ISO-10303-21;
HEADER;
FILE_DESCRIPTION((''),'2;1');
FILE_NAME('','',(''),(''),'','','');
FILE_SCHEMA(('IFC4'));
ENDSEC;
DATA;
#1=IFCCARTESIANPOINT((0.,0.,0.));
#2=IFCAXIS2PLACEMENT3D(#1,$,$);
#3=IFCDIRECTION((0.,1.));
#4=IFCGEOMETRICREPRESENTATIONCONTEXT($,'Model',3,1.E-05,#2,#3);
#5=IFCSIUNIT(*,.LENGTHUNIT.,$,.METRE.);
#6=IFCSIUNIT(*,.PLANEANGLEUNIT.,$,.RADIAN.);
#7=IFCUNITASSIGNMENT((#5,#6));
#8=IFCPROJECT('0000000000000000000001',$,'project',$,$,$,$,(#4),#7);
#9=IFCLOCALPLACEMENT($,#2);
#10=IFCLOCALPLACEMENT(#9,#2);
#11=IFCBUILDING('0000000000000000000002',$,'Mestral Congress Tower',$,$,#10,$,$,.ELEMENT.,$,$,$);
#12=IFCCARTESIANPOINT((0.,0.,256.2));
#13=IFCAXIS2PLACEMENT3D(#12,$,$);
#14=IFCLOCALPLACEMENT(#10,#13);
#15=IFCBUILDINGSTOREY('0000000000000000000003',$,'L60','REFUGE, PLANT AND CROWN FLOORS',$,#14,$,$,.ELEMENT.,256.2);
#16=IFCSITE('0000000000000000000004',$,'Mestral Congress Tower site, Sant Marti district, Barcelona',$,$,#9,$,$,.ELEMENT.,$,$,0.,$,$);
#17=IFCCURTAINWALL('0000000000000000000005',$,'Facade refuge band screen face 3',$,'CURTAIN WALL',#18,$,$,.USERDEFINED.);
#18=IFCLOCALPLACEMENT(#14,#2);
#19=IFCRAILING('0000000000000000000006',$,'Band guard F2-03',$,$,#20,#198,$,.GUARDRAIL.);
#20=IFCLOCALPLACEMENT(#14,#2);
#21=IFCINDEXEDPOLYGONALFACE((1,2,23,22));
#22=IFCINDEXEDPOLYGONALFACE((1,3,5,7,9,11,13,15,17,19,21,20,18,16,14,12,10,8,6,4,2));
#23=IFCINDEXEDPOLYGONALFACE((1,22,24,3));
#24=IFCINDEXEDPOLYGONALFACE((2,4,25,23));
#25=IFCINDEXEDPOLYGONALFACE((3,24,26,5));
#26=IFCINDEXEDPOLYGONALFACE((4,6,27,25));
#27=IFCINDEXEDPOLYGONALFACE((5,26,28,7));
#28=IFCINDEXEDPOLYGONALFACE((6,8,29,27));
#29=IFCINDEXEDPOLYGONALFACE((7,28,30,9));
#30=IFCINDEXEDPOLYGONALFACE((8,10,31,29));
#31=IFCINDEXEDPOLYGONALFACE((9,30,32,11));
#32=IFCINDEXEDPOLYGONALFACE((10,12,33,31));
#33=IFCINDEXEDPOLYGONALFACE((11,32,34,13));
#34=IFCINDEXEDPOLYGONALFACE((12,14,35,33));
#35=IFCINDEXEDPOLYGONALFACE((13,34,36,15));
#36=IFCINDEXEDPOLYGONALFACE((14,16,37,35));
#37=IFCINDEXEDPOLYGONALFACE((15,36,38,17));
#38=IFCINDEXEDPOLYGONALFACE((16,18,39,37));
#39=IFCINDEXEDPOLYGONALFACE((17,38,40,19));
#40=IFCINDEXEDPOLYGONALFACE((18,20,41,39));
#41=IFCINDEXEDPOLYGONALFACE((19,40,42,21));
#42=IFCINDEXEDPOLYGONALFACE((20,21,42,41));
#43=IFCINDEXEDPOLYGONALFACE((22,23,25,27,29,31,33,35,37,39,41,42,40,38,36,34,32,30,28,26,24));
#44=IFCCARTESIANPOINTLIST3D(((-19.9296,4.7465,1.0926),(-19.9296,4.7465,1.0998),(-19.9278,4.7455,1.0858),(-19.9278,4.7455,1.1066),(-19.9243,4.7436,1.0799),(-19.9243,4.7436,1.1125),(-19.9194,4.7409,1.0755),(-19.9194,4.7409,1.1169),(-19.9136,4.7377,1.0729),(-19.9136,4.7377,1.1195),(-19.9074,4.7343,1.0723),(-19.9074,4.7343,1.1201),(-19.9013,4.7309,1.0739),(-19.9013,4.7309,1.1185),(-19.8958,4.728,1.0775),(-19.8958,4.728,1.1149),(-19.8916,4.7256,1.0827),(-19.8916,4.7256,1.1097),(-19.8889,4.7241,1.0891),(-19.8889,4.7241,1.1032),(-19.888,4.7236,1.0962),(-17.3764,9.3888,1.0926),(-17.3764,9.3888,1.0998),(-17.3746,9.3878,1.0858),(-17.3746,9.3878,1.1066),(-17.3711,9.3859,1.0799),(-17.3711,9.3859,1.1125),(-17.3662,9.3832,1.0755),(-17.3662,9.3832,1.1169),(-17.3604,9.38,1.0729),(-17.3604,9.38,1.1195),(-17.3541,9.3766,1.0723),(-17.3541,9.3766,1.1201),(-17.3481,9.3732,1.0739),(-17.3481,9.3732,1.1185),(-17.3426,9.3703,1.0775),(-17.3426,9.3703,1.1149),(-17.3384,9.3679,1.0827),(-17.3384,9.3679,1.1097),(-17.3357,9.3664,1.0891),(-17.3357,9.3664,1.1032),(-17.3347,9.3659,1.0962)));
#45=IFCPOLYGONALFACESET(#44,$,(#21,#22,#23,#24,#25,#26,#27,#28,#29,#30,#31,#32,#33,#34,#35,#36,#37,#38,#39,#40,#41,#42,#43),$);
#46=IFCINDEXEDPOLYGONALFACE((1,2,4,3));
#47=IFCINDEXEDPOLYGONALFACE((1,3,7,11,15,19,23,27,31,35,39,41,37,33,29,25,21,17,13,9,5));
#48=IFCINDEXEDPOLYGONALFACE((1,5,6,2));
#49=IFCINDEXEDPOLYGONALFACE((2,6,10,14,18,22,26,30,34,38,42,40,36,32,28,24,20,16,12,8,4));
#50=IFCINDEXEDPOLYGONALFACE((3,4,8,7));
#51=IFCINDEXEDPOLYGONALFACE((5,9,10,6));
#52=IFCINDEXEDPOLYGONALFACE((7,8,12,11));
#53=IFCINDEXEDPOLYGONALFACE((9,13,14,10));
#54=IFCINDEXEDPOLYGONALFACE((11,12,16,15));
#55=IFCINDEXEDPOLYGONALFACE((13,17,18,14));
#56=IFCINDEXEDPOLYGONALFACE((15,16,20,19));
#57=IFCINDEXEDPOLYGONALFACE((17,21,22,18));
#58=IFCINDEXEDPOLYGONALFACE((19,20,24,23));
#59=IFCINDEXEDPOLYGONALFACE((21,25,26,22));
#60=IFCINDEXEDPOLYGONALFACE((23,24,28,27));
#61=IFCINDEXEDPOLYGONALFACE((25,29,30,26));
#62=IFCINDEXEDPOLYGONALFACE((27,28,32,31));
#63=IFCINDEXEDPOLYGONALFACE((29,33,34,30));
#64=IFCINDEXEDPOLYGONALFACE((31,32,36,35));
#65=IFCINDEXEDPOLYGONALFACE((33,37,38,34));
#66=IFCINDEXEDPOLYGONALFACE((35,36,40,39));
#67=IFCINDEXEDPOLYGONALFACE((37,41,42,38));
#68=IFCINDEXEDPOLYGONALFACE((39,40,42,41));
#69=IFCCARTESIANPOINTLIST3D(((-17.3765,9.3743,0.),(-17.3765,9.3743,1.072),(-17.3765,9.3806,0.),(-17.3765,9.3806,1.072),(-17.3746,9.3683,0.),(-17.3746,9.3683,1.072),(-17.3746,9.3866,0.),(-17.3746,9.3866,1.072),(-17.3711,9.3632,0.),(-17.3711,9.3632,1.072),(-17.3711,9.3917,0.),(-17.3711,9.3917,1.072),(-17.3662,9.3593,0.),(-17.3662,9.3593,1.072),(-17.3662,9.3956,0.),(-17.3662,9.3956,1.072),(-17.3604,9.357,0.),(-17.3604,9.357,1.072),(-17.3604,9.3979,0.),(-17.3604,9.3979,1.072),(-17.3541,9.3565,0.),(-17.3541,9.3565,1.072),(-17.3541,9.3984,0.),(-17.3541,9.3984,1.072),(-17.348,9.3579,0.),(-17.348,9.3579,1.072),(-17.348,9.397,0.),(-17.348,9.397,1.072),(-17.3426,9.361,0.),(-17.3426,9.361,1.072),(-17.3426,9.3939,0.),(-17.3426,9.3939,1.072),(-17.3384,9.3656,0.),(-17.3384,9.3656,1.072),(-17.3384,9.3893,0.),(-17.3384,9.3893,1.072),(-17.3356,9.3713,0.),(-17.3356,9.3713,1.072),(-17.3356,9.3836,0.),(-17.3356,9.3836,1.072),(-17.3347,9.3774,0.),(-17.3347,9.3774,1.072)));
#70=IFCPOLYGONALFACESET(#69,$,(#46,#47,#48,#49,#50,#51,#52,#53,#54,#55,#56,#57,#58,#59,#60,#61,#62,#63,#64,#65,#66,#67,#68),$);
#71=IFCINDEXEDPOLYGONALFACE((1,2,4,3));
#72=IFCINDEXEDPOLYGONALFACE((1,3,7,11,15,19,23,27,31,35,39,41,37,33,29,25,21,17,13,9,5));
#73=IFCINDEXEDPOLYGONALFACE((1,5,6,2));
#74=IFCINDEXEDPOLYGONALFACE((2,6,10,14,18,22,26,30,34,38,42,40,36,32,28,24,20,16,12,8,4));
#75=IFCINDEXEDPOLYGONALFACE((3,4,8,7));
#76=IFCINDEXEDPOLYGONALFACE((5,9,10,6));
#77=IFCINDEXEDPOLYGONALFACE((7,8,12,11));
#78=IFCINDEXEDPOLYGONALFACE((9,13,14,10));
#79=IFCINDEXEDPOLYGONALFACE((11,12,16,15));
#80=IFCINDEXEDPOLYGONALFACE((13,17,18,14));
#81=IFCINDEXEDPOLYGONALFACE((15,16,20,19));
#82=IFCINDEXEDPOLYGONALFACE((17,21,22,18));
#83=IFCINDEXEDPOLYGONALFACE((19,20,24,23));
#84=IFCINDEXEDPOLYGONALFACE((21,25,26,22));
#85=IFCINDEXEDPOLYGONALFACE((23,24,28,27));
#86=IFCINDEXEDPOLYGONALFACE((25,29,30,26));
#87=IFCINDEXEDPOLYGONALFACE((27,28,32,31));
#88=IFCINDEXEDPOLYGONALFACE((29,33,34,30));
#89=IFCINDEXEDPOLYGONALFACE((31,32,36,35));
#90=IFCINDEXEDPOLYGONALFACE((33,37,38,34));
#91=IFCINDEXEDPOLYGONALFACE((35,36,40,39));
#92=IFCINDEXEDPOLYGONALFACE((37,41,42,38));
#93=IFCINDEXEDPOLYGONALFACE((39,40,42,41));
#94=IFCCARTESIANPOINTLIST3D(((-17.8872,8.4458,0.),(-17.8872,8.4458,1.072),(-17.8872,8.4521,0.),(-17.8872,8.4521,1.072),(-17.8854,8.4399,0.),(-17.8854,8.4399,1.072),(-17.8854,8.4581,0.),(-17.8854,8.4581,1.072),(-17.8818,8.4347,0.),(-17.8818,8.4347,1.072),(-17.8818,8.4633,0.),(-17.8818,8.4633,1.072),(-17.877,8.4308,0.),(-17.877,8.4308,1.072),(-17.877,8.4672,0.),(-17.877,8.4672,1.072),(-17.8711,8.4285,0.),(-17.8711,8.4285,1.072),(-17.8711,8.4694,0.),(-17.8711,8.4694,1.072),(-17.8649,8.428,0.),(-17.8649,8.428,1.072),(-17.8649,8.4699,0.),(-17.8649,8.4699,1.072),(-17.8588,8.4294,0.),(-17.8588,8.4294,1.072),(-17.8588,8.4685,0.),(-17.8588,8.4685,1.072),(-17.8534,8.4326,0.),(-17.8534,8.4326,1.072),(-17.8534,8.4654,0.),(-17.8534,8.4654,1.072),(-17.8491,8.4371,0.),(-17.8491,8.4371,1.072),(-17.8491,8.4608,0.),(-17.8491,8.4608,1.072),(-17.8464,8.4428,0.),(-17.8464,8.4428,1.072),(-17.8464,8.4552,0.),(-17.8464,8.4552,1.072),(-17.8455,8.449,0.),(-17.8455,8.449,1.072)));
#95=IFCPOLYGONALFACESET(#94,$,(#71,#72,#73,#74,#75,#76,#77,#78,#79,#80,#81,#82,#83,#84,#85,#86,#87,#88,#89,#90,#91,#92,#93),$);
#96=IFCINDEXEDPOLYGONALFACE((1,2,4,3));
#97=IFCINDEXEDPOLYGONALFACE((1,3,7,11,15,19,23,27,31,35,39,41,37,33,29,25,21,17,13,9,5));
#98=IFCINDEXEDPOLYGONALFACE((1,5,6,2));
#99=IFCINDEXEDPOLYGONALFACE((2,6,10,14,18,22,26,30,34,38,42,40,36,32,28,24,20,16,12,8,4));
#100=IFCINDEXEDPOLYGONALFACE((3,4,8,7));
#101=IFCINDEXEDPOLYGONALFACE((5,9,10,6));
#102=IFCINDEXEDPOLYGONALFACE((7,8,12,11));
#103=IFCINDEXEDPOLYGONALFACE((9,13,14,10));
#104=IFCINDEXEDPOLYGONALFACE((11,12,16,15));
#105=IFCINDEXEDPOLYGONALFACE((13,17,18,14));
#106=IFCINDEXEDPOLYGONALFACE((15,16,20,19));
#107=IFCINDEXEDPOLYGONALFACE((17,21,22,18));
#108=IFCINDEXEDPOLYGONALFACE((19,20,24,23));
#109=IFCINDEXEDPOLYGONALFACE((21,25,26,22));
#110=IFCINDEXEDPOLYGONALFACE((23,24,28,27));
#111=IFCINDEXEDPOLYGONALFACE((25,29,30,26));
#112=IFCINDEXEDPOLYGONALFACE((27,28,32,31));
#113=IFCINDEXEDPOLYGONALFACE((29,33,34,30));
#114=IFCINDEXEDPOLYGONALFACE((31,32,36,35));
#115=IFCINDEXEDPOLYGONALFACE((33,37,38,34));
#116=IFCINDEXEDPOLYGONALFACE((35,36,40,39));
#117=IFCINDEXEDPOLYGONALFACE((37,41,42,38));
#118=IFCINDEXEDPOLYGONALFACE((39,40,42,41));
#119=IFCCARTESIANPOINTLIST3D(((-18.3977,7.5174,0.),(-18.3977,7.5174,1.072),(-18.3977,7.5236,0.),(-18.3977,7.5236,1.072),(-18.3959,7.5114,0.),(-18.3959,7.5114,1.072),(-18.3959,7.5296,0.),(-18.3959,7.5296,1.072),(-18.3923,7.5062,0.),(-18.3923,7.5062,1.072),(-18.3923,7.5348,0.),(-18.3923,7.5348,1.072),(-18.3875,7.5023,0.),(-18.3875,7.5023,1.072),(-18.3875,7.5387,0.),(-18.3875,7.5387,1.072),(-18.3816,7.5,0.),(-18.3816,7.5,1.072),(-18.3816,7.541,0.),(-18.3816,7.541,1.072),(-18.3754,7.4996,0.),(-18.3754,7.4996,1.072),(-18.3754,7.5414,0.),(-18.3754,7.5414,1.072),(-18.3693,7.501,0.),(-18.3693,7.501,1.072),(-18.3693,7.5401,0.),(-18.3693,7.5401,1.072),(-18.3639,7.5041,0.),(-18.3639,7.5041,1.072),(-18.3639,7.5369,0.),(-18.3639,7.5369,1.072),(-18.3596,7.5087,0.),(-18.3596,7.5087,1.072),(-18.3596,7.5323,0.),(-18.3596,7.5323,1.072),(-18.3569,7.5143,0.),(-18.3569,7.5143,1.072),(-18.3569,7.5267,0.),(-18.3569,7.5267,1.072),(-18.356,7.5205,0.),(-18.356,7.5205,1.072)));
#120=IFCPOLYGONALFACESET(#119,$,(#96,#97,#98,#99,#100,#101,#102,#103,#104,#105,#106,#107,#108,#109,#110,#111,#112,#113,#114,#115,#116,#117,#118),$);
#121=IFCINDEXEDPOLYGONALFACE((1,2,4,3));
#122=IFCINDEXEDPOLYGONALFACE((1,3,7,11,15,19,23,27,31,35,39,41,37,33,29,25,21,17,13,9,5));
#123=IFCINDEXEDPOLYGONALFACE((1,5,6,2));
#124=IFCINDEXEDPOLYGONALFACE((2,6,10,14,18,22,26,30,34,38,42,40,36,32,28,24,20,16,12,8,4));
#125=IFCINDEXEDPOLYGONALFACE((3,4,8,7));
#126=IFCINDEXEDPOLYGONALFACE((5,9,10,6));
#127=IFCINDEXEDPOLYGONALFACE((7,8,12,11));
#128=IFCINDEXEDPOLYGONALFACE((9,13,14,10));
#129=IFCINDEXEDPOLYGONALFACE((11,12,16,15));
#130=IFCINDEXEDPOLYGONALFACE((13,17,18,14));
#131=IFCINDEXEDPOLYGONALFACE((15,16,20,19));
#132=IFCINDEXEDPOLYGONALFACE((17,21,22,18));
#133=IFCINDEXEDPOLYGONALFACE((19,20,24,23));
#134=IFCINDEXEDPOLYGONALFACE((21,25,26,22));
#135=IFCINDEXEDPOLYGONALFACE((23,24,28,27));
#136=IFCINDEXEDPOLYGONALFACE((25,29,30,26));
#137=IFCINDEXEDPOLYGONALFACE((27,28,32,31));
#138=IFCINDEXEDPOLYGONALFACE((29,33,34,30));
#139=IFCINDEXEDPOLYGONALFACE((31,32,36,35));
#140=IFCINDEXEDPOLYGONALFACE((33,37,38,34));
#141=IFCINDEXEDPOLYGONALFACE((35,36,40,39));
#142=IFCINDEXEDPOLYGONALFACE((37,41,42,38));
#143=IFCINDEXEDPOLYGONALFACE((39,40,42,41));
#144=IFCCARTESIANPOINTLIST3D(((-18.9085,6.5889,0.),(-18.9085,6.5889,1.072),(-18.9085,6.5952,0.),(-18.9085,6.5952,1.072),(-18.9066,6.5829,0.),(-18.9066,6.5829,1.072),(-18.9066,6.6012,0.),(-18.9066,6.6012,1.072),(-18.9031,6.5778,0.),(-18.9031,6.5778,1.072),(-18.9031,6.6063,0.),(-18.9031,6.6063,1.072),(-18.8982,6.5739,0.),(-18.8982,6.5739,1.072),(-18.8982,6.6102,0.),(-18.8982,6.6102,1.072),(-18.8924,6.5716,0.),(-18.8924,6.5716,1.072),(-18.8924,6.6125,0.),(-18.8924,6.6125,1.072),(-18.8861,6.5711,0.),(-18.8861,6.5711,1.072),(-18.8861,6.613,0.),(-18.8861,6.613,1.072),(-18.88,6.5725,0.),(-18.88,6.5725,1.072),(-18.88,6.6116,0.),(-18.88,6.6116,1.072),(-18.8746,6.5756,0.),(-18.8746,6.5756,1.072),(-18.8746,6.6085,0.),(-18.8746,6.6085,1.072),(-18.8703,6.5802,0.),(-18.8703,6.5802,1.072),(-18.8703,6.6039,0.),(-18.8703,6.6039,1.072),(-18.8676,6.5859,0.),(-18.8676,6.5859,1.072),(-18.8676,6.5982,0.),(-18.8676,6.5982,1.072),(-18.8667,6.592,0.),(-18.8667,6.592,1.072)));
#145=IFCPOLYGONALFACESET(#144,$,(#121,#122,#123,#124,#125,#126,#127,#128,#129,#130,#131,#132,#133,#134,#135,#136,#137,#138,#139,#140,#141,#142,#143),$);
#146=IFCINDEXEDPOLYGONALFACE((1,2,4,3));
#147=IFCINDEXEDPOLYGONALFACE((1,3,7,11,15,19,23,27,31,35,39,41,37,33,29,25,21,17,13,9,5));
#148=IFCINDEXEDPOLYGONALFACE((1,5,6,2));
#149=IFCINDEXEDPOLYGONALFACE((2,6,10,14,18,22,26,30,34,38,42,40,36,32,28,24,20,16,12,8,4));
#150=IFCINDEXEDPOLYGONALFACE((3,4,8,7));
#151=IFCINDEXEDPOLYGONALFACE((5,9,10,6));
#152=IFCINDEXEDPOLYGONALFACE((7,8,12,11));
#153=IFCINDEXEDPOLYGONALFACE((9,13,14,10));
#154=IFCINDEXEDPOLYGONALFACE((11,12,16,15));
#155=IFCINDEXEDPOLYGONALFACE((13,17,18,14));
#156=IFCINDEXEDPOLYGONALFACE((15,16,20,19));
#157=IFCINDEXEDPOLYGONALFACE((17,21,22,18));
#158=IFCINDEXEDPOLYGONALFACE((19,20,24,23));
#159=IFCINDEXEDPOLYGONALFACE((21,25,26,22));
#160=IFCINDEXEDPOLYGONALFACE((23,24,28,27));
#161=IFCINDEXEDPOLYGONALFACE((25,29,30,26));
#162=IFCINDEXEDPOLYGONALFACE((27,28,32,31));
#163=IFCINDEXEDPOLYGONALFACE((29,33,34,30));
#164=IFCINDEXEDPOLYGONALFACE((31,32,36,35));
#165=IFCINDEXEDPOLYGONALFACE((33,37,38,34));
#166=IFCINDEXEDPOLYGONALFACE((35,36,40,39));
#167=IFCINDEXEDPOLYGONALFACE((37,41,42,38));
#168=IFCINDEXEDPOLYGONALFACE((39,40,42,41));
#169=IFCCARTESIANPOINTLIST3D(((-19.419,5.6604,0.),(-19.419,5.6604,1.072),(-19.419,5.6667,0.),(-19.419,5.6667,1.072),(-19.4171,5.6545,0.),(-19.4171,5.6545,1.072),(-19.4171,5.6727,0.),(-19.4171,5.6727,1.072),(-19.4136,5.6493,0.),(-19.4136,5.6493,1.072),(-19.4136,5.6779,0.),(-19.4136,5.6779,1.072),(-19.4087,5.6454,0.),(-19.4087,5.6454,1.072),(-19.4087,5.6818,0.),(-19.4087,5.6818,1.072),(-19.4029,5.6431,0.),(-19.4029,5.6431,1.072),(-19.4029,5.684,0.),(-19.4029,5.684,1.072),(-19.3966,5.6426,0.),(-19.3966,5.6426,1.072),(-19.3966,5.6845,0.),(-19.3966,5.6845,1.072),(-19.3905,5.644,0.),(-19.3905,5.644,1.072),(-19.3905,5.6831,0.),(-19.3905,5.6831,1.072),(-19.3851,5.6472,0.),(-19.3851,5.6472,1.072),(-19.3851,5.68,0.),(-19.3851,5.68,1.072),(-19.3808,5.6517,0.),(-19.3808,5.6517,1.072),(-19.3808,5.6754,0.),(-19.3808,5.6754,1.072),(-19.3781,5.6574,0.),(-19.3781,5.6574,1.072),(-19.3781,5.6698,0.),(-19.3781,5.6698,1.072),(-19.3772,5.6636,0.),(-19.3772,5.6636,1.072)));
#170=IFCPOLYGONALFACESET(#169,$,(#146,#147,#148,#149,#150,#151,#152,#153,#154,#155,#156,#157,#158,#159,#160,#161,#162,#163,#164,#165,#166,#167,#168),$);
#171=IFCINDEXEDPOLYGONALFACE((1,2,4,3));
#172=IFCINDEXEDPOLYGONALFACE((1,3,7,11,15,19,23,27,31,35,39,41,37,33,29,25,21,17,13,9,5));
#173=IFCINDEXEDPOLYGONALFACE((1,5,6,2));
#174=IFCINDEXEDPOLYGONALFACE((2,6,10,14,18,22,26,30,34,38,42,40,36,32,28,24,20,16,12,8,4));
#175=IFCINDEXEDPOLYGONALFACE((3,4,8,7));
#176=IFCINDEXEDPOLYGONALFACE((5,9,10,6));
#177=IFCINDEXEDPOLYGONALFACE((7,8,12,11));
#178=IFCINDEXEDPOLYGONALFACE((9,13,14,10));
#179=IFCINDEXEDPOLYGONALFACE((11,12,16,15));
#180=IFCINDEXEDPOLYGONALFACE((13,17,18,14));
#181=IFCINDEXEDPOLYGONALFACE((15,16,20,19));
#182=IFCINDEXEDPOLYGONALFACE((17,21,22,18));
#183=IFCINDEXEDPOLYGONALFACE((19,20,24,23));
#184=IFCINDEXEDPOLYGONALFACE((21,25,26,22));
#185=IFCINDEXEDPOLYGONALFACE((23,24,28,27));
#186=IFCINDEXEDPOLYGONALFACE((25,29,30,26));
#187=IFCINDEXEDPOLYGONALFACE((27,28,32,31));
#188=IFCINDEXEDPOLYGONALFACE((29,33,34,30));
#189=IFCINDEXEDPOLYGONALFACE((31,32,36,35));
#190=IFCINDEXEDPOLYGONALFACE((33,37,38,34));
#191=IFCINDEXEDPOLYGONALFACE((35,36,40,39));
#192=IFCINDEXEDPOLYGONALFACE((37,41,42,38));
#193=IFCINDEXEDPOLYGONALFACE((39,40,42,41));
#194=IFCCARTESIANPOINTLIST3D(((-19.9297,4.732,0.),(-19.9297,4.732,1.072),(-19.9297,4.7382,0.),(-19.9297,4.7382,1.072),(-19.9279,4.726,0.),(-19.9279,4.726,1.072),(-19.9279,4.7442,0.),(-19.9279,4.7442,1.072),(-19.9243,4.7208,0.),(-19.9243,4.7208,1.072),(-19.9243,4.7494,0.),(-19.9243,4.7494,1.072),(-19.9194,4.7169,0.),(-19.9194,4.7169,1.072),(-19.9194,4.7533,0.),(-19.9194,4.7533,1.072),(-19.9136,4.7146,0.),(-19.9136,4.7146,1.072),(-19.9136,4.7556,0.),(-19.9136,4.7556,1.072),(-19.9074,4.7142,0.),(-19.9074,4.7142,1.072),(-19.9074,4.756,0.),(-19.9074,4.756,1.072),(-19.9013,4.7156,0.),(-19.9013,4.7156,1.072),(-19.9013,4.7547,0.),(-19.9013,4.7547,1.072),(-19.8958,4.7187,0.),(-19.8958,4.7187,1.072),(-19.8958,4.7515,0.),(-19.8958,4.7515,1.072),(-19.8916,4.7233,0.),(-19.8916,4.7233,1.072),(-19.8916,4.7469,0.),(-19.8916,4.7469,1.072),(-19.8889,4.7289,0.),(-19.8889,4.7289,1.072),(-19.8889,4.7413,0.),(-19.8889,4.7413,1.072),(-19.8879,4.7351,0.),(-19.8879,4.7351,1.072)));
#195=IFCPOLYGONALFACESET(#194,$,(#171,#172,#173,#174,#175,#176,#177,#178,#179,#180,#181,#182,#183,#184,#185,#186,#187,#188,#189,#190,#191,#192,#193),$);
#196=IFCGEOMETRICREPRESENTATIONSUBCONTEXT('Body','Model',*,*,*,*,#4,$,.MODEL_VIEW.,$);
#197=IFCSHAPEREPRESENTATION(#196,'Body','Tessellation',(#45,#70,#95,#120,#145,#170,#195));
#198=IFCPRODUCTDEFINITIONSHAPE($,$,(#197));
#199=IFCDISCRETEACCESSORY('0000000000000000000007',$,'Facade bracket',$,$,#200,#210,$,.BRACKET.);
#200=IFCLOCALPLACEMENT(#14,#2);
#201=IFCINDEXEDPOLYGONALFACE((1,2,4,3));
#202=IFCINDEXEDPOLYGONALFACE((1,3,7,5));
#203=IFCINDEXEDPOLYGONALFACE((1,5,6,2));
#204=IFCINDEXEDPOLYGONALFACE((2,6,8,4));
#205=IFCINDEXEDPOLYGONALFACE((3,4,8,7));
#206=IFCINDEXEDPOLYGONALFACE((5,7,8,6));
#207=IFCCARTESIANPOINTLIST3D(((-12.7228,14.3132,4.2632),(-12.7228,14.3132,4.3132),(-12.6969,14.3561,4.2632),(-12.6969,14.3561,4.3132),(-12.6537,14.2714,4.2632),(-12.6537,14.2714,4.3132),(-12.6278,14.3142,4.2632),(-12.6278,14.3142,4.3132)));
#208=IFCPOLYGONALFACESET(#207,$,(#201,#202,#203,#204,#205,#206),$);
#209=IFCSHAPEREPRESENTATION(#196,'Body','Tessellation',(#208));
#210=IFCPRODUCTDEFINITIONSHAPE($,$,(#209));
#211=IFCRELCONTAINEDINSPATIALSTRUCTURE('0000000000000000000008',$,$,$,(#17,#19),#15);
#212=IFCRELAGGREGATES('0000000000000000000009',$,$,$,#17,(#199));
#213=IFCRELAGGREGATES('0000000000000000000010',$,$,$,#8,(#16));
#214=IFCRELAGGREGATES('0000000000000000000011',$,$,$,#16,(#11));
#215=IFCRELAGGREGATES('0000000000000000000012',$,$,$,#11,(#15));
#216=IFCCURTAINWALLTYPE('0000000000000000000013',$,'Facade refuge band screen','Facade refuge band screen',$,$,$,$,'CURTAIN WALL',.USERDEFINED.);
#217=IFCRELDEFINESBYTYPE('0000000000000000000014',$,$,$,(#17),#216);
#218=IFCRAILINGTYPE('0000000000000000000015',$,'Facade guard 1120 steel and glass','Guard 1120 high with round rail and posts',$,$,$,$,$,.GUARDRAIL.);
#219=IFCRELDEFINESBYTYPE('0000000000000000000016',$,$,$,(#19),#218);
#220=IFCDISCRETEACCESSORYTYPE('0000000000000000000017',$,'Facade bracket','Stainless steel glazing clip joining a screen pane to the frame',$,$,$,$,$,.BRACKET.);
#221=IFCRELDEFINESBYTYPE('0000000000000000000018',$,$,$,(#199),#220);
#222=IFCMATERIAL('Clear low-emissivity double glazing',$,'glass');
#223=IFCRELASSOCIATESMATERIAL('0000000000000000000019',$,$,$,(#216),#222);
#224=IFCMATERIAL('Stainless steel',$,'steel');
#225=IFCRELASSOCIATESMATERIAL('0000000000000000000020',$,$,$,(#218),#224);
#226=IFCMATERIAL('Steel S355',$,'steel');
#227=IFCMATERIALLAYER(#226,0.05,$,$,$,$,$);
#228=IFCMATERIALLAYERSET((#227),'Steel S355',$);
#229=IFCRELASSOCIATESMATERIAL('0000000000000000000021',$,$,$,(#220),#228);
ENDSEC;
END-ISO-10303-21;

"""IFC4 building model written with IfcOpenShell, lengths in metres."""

from ifc_helpers import new_model, si_unit, direction, frame, origin, origin_2d, place, context, subcontext, project, spatial, rectangle, circle, extrude, material, layer, layer_set, type_object, element, aggregate, save


model = new_model("IFC4")

# Units and contexts
model_context = context("Model", 3, precision=1e-05, world=origin(), true_north=direction((0.0, 1.0)))
body_context = subcontext(model_context, "Body", "Model", "MODEL_VIEW")
ifc_project = project(units=[si_unit("LENGTHUNIT", "METRE"), si_unit("PLANEANGLEUNIT", "RADIAN")], contexts=[model_context])

# Site, building, storey
site_placement = place(None, origin())
site = spatial("IfcSite", under=ifc_project, at=site_placement, Name="Mestral Congress Tower site, Sant Marti district, Barcelona", CompositionType="ELEMENT", RefElevation=0.0)
building_placement = place(site_placement, origin())
building = spatial("IfcBuilding", under=site, at=building_placement, Name="Mestral Congress Tower", CompositionType="ELEMENT")
storey_placement = place(building_placement, frame((0.0, 0.0, 256.2)))
storey = spatial("IfcBuildingStorey", under=building, at=storey_placement, Name="L60", Description="REFUGE, PLANT AND CROWN FLOORS", CompositionType="ELEMENT", Elevation=256.2)

# Shared definitions
ifc_material_1 = material(Name="Steel S355", Category="steel")

# Curtain wall
ifc_material_2 = material(Name="Clear low-emissivity double glazing", Category="glass")
curtain_wall_type = type_object("IfcCurtainWallType", Name="Facade refuge band screen", Description="Facade refuge band screen", ElementType="CURTAIN WALL", PredefinedType="USERDEFINED", material=ifc_material_2)
curtain_wall_placement = place(storey_placement, origin())
curtain_wall = element("IfcCurtainWall", 1, at=curtain_wall_placement, inside=storey, type_object=curtain_wall_type, Name="Facade refuge band screen face 3", ObjectType="CURTAIN WALL", PredefinedType="USERDEFINED")

# Railing
ifc_material_3 = material(Name="Stainless steel", Category="steel")
railing_type = type_object("IfcRailingType", Name="Facade guard 1120 steel and glass", Description="Guard 1120 high with round rail and posts", PredefinedType="GUARDRAIL", material=ifc_material_3)
railing_1_placement = place(storey_placement, frame((-17.3557, 9.3774, 0.0)))
element("IfcRailing", 2, at=railing_1_placement, inside=storey, type_object=railing_type, Name="Band guard F2-03", PredefinedType="GUARDRAIL", context=body_context, shape_type="SweptSolid", body=[
    extrude(circle(Radius=0.0239, at=origin_2d()), frame((0.0, 0.0, 1.0962), z_axis=(-0.48191, -0.876221, 0.0), x_axis=(0.876221, -0.48191, 0.0)), (0.0, 0.0, 1.0), 5.2981),
    extrude(circle(Radius=0.021, at=origin_2d()), origin(), (0.0, 0.0, 1.0), 1.072),
    extrude(circle(Radius=0.021, at=origin_2d()), frame((-0.5107, -0.9285, 0.0)), (0.0, 0.0, 1.0), 1.072),
    extrude(circle(Radius=0.021, at=origin_2d()), frame((-1.0212, -1.8569, 0.0)), (0.0, 0.0, 1.0), 1.072),
    extrude(circle(Radius=0.021, at=origin_2d()), frame((-1.532, -2.7854, 0.0)), (0.0, 0.0, 1.0), 1.072),
    extrude(circle(Radius=0.021, at=origin_2d()), frame((-2.0425, -3.7139, 0.0)), (0.0, 0.0, 1.0), 1.072),
    extrude(circle(Radius=0.021, at=origin_2d()), frame((-2.5532, -4.6423, 0.0)), (0.0, 0.0, 1.0), 1.072),
])

# Discrete accessory
ifc_layer_1 = layer(ifc_material_1, 0.05)
ifc_layer_set_1 = layer_set([ifc_layer_1], Name="Steel S355")
discrete_accessory_type = type_object("IfcDiscreteAccessoryType", Name="Facade bracket", Description="Stainless steel glazing clip joining a screen pane to the frame", PredefinedType="BRACKET", material=ifc_layer_set_1)
discrete_accessory_placement = place(storey_placement, frame((-12.6753, 14.3137, 4.2632), z_axis=(0.0, 0.0, 1.0), x_axis=(-0.51786, -0.855466, 0.0)))
discrete_accessory = element("IfcDiscreteAccessory", 3, at=discrete_accessory_placement, type_object=discrete_accessory_type, Name="Facade bracket", PredefinedType="BRACKET", context=body_context, shape_type="SweptSolid", body=[
    extrude(rectangle(XDim=0.05, YDim=0.0808, at=origin_2d()), origin(), (0.0, 0.0, 1.0), 0.05),
])
aggregate(curtain_wall, [discrete_accessory])

save(model, "model.ifc")
